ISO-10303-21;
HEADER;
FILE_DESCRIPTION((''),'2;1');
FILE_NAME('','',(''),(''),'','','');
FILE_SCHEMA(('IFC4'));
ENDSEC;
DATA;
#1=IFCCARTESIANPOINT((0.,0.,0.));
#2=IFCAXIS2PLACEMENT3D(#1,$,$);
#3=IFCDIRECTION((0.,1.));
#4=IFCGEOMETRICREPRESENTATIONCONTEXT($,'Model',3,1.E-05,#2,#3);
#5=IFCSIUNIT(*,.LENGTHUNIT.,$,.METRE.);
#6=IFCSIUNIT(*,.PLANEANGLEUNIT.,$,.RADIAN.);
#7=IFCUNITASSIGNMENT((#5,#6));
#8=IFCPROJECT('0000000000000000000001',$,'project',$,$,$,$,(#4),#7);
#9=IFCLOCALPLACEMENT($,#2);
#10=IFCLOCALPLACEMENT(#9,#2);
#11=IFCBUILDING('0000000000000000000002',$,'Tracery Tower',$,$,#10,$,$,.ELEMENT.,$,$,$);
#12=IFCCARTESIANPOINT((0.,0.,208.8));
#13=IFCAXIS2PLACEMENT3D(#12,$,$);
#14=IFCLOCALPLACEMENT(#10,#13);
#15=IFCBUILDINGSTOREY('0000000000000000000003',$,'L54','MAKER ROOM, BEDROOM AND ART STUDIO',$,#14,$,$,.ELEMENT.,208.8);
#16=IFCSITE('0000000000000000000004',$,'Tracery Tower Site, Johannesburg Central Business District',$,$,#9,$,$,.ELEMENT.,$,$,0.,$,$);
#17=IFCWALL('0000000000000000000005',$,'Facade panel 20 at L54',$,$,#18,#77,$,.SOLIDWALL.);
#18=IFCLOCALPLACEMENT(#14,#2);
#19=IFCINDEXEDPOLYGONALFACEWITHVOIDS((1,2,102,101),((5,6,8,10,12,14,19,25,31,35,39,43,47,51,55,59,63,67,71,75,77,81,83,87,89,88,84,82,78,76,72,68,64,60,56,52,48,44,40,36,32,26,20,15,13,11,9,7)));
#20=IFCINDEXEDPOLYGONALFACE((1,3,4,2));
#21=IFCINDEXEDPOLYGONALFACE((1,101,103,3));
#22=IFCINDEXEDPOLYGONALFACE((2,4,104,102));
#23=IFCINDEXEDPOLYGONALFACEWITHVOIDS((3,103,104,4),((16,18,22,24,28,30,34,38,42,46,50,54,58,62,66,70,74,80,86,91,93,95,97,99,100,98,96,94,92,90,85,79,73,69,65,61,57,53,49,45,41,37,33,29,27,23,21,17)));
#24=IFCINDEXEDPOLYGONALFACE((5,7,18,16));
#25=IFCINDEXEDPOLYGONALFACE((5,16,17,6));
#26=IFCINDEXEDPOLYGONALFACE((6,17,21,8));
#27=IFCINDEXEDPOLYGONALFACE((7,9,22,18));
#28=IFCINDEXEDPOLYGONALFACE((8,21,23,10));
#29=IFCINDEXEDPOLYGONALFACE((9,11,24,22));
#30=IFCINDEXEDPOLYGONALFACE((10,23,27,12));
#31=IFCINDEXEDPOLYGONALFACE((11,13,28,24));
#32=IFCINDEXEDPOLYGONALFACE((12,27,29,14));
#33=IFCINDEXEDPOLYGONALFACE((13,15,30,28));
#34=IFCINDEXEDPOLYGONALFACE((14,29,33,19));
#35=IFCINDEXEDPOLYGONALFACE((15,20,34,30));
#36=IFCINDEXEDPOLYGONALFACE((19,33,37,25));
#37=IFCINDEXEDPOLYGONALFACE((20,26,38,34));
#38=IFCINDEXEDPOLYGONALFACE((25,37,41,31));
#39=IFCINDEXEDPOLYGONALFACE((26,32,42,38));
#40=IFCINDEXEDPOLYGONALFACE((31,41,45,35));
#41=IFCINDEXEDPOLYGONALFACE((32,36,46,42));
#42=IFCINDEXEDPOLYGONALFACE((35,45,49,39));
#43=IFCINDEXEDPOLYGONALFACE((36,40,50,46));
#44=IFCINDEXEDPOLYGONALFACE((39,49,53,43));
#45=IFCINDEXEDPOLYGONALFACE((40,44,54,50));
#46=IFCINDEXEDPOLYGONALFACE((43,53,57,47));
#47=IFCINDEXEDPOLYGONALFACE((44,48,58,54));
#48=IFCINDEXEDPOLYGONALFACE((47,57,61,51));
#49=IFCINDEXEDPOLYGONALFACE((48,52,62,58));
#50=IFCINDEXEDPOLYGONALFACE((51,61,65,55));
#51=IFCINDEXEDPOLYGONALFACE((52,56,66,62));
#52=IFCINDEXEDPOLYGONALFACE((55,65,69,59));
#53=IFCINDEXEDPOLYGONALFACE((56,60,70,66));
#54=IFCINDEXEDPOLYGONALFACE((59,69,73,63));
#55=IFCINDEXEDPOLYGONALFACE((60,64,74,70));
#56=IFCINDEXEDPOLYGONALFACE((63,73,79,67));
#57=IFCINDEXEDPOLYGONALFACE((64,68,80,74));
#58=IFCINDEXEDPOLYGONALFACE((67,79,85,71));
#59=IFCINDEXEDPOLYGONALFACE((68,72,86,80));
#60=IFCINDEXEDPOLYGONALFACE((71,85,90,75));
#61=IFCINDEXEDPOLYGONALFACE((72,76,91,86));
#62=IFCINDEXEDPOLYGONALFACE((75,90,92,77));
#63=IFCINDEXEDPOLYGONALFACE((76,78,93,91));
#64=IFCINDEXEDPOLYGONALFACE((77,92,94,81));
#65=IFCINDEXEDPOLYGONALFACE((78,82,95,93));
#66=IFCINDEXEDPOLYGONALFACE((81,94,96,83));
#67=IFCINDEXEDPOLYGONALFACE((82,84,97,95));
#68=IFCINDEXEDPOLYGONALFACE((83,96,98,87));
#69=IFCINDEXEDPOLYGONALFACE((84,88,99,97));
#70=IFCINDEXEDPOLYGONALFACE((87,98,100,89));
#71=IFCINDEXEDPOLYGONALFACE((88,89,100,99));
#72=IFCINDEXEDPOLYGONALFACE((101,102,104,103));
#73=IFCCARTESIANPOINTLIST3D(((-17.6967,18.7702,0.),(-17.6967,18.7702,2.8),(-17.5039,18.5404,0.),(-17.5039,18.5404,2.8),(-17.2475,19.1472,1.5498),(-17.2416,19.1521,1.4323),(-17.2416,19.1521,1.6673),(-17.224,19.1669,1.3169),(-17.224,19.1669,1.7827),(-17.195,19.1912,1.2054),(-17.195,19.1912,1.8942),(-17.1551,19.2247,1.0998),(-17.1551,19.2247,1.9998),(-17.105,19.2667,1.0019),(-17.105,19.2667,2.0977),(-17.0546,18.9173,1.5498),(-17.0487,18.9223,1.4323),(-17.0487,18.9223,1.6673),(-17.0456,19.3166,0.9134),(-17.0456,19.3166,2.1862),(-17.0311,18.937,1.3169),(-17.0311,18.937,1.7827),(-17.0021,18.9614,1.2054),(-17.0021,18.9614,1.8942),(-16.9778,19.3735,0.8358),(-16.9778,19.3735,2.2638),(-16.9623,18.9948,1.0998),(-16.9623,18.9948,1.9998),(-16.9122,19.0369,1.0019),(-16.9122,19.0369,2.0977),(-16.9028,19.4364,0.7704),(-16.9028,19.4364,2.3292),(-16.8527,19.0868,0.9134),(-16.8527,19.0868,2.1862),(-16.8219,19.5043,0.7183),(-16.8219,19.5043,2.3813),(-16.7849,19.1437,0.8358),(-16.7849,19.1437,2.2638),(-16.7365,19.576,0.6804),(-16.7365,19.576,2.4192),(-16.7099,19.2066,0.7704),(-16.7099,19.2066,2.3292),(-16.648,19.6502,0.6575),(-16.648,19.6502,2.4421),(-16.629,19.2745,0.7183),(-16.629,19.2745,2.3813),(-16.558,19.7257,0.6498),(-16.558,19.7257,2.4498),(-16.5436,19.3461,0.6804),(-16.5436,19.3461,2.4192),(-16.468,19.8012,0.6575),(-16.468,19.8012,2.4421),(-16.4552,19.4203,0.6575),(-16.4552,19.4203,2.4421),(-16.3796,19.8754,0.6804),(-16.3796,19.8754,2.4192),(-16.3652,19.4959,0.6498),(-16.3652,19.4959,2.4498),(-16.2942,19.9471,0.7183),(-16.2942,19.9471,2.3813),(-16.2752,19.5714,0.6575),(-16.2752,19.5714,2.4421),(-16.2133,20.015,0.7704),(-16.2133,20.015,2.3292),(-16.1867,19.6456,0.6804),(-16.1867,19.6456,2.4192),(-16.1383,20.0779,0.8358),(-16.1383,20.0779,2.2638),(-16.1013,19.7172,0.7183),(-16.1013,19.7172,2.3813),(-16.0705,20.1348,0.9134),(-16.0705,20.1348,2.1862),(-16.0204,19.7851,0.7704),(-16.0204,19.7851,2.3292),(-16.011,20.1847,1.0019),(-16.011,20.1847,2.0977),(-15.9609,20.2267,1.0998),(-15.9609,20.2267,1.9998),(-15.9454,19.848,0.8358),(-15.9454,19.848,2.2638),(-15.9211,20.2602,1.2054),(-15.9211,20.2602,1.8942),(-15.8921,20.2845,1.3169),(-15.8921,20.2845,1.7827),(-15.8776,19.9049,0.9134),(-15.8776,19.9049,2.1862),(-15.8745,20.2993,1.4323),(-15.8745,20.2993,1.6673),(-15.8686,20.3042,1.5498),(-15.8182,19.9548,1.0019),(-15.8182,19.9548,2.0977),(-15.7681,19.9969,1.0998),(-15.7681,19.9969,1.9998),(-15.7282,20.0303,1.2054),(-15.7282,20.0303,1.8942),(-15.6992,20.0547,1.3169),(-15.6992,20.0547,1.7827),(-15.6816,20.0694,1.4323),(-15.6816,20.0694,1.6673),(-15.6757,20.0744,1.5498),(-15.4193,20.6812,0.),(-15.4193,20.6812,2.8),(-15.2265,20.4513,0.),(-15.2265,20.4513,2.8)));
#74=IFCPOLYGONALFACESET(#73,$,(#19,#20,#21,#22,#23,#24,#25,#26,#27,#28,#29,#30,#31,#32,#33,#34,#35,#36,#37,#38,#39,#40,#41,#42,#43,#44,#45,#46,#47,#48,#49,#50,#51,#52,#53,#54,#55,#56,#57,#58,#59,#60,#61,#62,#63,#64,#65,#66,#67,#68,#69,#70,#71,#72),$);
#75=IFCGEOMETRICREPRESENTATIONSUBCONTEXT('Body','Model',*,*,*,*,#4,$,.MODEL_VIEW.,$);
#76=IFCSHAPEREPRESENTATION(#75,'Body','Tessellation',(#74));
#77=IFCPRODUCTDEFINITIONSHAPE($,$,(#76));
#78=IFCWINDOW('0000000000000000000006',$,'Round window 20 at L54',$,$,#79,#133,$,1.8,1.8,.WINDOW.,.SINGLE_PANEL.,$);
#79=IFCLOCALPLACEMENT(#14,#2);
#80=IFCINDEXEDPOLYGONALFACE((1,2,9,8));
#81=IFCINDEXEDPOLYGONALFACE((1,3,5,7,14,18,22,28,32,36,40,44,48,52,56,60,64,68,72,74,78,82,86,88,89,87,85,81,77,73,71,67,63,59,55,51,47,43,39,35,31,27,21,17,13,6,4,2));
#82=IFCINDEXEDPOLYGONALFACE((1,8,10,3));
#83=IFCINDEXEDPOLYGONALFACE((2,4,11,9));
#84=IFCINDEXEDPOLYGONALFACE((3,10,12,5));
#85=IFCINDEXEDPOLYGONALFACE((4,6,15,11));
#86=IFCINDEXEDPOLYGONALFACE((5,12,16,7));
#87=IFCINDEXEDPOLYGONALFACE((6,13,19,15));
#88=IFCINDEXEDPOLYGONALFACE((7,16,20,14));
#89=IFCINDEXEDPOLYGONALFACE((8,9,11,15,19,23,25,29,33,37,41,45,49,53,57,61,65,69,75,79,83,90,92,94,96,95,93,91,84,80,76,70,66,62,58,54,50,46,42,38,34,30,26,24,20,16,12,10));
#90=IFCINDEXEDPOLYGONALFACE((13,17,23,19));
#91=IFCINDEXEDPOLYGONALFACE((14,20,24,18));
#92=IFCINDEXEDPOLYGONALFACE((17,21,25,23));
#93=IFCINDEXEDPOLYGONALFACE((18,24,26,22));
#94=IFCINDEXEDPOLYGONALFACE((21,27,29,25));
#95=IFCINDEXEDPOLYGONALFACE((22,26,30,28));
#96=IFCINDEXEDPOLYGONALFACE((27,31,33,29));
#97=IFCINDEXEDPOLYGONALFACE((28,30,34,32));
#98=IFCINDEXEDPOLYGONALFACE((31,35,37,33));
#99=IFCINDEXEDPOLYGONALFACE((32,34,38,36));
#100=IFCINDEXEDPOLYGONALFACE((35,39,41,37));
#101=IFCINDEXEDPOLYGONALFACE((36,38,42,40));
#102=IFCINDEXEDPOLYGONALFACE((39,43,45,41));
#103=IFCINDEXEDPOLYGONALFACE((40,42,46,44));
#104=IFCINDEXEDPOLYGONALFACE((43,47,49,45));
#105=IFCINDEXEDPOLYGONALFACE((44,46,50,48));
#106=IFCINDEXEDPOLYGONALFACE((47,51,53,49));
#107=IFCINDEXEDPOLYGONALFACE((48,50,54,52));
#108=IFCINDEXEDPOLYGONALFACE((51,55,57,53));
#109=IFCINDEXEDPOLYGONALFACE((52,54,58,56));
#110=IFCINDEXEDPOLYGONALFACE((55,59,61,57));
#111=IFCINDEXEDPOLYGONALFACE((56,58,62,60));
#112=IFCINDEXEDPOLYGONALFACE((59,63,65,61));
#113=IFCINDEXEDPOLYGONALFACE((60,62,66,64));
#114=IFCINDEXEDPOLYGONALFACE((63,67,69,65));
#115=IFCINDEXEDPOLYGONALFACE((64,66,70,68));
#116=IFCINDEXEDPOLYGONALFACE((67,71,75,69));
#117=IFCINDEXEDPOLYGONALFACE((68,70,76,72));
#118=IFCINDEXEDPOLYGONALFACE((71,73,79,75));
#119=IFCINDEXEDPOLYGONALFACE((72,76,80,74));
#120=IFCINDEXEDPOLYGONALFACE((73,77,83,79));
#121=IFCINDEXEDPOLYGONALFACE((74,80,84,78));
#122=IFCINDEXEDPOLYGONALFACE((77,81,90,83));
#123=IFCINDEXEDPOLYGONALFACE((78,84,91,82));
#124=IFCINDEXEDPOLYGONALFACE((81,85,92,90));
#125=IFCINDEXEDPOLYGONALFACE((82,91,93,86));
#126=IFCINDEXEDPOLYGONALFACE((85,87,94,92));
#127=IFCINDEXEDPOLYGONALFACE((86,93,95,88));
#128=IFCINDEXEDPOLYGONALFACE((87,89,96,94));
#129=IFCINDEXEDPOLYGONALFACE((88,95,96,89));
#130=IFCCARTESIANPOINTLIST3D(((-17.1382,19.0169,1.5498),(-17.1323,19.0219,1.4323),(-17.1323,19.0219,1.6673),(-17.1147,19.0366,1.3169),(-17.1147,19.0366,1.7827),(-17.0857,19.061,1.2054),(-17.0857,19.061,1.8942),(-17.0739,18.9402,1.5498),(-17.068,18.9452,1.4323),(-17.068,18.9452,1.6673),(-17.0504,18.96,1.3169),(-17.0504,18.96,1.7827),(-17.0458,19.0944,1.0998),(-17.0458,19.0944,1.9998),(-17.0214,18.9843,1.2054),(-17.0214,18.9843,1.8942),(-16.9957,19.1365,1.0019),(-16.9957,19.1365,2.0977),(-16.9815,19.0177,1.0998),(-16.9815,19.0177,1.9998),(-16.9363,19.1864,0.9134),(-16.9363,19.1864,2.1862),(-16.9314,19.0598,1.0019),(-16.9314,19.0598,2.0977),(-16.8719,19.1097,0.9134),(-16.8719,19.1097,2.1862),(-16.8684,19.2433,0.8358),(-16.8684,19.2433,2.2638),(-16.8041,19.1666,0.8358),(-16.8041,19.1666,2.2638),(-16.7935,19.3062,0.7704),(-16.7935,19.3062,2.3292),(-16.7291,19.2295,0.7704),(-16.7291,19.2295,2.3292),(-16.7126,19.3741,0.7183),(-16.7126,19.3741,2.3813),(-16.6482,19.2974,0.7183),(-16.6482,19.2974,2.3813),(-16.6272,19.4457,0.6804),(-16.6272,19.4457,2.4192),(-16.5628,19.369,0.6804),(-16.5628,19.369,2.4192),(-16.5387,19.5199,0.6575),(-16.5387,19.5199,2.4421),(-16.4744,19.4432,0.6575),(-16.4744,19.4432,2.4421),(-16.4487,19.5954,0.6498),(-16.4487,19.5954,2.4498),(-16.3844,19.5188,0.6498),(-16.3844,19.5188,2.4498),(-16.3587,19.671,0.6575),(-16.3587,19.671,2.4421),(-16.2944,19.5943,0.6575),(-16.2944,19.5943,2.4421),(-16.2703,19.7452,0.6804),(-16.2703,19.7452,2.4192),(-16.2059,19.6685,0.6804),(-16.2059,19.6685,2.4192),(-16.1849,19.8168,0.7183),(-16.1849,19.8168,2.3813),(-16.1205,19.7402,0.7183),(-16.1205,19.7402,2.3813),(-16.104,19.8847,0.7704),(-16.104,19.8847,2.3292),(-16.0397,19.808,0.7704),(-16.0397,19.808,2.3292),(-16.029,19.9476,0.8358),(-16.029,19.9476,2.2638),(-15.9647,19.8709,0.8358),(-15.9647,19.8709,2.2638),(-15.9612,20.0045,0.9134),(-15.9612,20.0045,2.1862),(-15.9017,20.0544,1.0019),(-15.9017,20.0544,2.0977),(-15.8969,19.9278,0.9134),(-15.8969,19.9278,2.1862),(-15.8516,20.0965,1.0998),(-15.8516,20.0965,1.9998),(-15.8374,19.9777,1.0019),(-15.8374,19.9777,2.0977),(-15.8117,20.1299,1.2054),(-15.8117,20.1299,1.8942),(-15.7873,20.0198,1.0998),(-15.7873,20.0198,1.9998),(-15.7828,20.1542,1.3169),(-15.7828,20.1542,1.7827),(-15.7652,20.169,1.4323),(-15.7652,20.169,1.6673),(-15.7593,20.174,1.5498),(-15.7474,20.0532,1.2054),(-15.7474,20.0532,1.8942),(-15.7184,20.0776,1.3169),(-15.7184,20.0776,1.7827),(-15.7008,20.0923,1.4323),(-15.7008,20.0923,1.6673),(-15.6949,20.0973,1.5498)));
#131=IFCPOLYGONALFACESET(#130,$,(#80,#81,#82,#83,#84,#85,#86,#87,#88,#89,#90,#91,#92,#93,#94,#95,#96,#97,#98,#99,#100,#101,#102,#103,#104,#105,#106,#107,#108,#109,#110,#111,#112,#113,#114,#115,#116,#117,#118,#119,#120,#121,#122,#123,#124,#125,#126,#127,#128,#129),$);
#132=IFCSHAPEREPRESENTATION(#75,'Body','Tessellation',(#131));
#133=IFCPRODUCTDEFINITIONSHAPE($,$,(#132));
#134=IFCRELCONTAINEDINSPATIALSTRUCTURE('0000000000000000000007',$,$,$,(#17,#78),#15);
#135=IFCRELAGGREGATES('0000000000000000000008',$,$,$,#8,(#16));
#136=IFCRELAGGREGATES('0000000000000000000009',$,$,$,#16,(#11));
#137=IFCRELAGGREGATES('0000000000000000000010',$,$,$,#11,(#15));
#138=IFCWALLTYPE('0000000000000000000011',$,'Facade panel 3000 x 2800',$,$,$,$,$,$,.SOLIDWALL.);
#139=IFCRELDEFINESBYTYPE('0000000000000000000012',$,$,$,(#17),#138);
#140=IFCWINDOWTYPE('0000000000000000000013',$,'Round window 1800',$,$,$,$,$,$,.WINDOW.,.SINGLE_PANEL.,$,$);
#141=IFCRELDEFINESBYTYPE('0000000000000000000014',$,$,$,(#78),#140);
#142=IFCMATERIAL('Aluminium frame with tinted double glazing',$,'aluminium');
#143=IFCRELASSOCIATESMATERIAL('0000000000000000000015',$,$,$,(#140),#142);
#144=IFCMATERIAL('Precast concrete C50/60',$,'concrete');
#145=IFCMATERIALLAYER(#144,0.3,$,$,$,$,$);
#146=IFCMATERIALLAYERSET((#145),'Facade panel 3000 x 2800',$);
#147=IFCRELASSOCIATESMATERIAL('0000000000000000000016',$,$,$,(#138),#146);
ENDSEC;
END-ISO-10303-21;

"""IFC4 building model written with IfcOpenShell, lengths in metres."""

from ifc_helpers import new_model, si_unit, direction, frame, frame_2d, origin, origin_2d, place, context, subcontext, project, spatial, rectangle, circle, extrude, material, layer, layer_set, type_object, element, fill, save


model = new_model("IFC4")

# Units and contexts
model_context = context("Model", 3, precision=1e-05, world=origin(), true_north=direction((0.0, 1.0)))
body_context = subcontext(model_context, "Body", "Model", "MODEL_VIEW")
ifc_project = project(units=[si_unit("LENGTHUNIT", "METRE"), si_unit("PLANEANGLEUNIT", "RADIAN")], contexts=[model_context])

# Site, building, storey
site_placement = place(None, origin())
site = spatial("IfcSite", under=ifc_project, at=site_placement, Name="Tracery Tower Site, Johannesburg Central Business District", CompositionType="ELEMENT", RefElevation=0.0)
building_placement = place(site_placement, origin())
building = spatial("IfcBuilding", under=site, at=building_placement, Name="Tracery Tower", CompositionType="ELEMENT")
storey_placement = place(building_placement, frame((0.0, 0.0, 208.8)))
storey = spatial("IfcBuildingStorey", under=building, at=storey_placement, Name="L54", Description="MAKER ROOM, BEDROOM AND ART STUDIO", CompositionType="ELEMENT", Elevation=208.8)

# Wall, opening, window
ifc_material_1 = material(Name="Aluminium frame with tinted double glazing", Category="aluminium")
window_type = type_object("IfcWindowType", Name="Round window 1800", PartitioningType="SINGLE_PANEL", PredefinedType="WINDOW", material=ifc_material_1)
ifc_material_2 = material(Name="Precast concrete C50/60", Category="concrete")
ifc_layer_1 = layer(ifc_material_2, 0.3)
ifc_layer_set_1 = layer_set([ifc_layer_1], Name="Facade panel 3000 x 2800")
wall_type_1 = type_object("IfcWallType", Name="Facade panel 3000 x 2800", PredefinedType="SOLIDWALL", material=ifc_layer_set_1)
wall_1_placement = place(storey_placement, frame((-15.323, 20.5662, 0.0), z_axis=(0.0, 0.0, 1.0), x_axis=(-0.766049, -0.642782, 0.0)))
wall_1 = element("IfcWall", 1, at=wall_1_placement, inside=storey, type_object=wall_type_1, Name="Facade panel 20 at L54", PredefinedType="SOLIDWALL", context=body_context, shape_type="SweptSolid", body=[
    extrude(rectangle(XDim=2.9729, YDim=0.3, at=frame_2d((1.4863, 0.0))), origin(), (0.0, 0.0, 1.0), 2.8),
])
opening_1_placement = place(wall_1_placement, frame((1.4863, 0.0, 1.5498)))
opening_1 = element("IfcOpeningElement", 2, at=opening_1_placement, cuts=wall_1, PredefinedType="OPENING", context=body_context, shape_type="SweptSolid", body=[
    extrude(circle(Radius=0.9, at=origin_2d()), frame((0.0, 0.1599, 0.0), z_axis=(0.0, -1.0, 0.0), x_axis=(1.0, 0.0, 0.0)), (0.0, 0.0, 1.0), 0.3201),
])
window_1_placement = place(opening_1_placement, origin())
window_1 = element("IfcWindow", 3, at=window_1_placement, inside=storey, type_object=window_type, Name="Round window 20 at L54", OverallHeight=1.8, OverallWidth=1.8, PartitioningType="SINGLE_PANEL", PredefinedType="WINDOW", context=body_context, shape_type="SweptSolid", body=[
    extrude(circle(Radius=0.9, at=origin_2d()), frame((0.0, 0.1201, 0.0), z_axis=(0.0, -1.0, 0.0), x_axis=(1.0, 0.0, 0.0)), (0.0, 0.0, 1.0), 0.1001),
])
fill(opening_1, window_1)

save(model, "model.ifc")
